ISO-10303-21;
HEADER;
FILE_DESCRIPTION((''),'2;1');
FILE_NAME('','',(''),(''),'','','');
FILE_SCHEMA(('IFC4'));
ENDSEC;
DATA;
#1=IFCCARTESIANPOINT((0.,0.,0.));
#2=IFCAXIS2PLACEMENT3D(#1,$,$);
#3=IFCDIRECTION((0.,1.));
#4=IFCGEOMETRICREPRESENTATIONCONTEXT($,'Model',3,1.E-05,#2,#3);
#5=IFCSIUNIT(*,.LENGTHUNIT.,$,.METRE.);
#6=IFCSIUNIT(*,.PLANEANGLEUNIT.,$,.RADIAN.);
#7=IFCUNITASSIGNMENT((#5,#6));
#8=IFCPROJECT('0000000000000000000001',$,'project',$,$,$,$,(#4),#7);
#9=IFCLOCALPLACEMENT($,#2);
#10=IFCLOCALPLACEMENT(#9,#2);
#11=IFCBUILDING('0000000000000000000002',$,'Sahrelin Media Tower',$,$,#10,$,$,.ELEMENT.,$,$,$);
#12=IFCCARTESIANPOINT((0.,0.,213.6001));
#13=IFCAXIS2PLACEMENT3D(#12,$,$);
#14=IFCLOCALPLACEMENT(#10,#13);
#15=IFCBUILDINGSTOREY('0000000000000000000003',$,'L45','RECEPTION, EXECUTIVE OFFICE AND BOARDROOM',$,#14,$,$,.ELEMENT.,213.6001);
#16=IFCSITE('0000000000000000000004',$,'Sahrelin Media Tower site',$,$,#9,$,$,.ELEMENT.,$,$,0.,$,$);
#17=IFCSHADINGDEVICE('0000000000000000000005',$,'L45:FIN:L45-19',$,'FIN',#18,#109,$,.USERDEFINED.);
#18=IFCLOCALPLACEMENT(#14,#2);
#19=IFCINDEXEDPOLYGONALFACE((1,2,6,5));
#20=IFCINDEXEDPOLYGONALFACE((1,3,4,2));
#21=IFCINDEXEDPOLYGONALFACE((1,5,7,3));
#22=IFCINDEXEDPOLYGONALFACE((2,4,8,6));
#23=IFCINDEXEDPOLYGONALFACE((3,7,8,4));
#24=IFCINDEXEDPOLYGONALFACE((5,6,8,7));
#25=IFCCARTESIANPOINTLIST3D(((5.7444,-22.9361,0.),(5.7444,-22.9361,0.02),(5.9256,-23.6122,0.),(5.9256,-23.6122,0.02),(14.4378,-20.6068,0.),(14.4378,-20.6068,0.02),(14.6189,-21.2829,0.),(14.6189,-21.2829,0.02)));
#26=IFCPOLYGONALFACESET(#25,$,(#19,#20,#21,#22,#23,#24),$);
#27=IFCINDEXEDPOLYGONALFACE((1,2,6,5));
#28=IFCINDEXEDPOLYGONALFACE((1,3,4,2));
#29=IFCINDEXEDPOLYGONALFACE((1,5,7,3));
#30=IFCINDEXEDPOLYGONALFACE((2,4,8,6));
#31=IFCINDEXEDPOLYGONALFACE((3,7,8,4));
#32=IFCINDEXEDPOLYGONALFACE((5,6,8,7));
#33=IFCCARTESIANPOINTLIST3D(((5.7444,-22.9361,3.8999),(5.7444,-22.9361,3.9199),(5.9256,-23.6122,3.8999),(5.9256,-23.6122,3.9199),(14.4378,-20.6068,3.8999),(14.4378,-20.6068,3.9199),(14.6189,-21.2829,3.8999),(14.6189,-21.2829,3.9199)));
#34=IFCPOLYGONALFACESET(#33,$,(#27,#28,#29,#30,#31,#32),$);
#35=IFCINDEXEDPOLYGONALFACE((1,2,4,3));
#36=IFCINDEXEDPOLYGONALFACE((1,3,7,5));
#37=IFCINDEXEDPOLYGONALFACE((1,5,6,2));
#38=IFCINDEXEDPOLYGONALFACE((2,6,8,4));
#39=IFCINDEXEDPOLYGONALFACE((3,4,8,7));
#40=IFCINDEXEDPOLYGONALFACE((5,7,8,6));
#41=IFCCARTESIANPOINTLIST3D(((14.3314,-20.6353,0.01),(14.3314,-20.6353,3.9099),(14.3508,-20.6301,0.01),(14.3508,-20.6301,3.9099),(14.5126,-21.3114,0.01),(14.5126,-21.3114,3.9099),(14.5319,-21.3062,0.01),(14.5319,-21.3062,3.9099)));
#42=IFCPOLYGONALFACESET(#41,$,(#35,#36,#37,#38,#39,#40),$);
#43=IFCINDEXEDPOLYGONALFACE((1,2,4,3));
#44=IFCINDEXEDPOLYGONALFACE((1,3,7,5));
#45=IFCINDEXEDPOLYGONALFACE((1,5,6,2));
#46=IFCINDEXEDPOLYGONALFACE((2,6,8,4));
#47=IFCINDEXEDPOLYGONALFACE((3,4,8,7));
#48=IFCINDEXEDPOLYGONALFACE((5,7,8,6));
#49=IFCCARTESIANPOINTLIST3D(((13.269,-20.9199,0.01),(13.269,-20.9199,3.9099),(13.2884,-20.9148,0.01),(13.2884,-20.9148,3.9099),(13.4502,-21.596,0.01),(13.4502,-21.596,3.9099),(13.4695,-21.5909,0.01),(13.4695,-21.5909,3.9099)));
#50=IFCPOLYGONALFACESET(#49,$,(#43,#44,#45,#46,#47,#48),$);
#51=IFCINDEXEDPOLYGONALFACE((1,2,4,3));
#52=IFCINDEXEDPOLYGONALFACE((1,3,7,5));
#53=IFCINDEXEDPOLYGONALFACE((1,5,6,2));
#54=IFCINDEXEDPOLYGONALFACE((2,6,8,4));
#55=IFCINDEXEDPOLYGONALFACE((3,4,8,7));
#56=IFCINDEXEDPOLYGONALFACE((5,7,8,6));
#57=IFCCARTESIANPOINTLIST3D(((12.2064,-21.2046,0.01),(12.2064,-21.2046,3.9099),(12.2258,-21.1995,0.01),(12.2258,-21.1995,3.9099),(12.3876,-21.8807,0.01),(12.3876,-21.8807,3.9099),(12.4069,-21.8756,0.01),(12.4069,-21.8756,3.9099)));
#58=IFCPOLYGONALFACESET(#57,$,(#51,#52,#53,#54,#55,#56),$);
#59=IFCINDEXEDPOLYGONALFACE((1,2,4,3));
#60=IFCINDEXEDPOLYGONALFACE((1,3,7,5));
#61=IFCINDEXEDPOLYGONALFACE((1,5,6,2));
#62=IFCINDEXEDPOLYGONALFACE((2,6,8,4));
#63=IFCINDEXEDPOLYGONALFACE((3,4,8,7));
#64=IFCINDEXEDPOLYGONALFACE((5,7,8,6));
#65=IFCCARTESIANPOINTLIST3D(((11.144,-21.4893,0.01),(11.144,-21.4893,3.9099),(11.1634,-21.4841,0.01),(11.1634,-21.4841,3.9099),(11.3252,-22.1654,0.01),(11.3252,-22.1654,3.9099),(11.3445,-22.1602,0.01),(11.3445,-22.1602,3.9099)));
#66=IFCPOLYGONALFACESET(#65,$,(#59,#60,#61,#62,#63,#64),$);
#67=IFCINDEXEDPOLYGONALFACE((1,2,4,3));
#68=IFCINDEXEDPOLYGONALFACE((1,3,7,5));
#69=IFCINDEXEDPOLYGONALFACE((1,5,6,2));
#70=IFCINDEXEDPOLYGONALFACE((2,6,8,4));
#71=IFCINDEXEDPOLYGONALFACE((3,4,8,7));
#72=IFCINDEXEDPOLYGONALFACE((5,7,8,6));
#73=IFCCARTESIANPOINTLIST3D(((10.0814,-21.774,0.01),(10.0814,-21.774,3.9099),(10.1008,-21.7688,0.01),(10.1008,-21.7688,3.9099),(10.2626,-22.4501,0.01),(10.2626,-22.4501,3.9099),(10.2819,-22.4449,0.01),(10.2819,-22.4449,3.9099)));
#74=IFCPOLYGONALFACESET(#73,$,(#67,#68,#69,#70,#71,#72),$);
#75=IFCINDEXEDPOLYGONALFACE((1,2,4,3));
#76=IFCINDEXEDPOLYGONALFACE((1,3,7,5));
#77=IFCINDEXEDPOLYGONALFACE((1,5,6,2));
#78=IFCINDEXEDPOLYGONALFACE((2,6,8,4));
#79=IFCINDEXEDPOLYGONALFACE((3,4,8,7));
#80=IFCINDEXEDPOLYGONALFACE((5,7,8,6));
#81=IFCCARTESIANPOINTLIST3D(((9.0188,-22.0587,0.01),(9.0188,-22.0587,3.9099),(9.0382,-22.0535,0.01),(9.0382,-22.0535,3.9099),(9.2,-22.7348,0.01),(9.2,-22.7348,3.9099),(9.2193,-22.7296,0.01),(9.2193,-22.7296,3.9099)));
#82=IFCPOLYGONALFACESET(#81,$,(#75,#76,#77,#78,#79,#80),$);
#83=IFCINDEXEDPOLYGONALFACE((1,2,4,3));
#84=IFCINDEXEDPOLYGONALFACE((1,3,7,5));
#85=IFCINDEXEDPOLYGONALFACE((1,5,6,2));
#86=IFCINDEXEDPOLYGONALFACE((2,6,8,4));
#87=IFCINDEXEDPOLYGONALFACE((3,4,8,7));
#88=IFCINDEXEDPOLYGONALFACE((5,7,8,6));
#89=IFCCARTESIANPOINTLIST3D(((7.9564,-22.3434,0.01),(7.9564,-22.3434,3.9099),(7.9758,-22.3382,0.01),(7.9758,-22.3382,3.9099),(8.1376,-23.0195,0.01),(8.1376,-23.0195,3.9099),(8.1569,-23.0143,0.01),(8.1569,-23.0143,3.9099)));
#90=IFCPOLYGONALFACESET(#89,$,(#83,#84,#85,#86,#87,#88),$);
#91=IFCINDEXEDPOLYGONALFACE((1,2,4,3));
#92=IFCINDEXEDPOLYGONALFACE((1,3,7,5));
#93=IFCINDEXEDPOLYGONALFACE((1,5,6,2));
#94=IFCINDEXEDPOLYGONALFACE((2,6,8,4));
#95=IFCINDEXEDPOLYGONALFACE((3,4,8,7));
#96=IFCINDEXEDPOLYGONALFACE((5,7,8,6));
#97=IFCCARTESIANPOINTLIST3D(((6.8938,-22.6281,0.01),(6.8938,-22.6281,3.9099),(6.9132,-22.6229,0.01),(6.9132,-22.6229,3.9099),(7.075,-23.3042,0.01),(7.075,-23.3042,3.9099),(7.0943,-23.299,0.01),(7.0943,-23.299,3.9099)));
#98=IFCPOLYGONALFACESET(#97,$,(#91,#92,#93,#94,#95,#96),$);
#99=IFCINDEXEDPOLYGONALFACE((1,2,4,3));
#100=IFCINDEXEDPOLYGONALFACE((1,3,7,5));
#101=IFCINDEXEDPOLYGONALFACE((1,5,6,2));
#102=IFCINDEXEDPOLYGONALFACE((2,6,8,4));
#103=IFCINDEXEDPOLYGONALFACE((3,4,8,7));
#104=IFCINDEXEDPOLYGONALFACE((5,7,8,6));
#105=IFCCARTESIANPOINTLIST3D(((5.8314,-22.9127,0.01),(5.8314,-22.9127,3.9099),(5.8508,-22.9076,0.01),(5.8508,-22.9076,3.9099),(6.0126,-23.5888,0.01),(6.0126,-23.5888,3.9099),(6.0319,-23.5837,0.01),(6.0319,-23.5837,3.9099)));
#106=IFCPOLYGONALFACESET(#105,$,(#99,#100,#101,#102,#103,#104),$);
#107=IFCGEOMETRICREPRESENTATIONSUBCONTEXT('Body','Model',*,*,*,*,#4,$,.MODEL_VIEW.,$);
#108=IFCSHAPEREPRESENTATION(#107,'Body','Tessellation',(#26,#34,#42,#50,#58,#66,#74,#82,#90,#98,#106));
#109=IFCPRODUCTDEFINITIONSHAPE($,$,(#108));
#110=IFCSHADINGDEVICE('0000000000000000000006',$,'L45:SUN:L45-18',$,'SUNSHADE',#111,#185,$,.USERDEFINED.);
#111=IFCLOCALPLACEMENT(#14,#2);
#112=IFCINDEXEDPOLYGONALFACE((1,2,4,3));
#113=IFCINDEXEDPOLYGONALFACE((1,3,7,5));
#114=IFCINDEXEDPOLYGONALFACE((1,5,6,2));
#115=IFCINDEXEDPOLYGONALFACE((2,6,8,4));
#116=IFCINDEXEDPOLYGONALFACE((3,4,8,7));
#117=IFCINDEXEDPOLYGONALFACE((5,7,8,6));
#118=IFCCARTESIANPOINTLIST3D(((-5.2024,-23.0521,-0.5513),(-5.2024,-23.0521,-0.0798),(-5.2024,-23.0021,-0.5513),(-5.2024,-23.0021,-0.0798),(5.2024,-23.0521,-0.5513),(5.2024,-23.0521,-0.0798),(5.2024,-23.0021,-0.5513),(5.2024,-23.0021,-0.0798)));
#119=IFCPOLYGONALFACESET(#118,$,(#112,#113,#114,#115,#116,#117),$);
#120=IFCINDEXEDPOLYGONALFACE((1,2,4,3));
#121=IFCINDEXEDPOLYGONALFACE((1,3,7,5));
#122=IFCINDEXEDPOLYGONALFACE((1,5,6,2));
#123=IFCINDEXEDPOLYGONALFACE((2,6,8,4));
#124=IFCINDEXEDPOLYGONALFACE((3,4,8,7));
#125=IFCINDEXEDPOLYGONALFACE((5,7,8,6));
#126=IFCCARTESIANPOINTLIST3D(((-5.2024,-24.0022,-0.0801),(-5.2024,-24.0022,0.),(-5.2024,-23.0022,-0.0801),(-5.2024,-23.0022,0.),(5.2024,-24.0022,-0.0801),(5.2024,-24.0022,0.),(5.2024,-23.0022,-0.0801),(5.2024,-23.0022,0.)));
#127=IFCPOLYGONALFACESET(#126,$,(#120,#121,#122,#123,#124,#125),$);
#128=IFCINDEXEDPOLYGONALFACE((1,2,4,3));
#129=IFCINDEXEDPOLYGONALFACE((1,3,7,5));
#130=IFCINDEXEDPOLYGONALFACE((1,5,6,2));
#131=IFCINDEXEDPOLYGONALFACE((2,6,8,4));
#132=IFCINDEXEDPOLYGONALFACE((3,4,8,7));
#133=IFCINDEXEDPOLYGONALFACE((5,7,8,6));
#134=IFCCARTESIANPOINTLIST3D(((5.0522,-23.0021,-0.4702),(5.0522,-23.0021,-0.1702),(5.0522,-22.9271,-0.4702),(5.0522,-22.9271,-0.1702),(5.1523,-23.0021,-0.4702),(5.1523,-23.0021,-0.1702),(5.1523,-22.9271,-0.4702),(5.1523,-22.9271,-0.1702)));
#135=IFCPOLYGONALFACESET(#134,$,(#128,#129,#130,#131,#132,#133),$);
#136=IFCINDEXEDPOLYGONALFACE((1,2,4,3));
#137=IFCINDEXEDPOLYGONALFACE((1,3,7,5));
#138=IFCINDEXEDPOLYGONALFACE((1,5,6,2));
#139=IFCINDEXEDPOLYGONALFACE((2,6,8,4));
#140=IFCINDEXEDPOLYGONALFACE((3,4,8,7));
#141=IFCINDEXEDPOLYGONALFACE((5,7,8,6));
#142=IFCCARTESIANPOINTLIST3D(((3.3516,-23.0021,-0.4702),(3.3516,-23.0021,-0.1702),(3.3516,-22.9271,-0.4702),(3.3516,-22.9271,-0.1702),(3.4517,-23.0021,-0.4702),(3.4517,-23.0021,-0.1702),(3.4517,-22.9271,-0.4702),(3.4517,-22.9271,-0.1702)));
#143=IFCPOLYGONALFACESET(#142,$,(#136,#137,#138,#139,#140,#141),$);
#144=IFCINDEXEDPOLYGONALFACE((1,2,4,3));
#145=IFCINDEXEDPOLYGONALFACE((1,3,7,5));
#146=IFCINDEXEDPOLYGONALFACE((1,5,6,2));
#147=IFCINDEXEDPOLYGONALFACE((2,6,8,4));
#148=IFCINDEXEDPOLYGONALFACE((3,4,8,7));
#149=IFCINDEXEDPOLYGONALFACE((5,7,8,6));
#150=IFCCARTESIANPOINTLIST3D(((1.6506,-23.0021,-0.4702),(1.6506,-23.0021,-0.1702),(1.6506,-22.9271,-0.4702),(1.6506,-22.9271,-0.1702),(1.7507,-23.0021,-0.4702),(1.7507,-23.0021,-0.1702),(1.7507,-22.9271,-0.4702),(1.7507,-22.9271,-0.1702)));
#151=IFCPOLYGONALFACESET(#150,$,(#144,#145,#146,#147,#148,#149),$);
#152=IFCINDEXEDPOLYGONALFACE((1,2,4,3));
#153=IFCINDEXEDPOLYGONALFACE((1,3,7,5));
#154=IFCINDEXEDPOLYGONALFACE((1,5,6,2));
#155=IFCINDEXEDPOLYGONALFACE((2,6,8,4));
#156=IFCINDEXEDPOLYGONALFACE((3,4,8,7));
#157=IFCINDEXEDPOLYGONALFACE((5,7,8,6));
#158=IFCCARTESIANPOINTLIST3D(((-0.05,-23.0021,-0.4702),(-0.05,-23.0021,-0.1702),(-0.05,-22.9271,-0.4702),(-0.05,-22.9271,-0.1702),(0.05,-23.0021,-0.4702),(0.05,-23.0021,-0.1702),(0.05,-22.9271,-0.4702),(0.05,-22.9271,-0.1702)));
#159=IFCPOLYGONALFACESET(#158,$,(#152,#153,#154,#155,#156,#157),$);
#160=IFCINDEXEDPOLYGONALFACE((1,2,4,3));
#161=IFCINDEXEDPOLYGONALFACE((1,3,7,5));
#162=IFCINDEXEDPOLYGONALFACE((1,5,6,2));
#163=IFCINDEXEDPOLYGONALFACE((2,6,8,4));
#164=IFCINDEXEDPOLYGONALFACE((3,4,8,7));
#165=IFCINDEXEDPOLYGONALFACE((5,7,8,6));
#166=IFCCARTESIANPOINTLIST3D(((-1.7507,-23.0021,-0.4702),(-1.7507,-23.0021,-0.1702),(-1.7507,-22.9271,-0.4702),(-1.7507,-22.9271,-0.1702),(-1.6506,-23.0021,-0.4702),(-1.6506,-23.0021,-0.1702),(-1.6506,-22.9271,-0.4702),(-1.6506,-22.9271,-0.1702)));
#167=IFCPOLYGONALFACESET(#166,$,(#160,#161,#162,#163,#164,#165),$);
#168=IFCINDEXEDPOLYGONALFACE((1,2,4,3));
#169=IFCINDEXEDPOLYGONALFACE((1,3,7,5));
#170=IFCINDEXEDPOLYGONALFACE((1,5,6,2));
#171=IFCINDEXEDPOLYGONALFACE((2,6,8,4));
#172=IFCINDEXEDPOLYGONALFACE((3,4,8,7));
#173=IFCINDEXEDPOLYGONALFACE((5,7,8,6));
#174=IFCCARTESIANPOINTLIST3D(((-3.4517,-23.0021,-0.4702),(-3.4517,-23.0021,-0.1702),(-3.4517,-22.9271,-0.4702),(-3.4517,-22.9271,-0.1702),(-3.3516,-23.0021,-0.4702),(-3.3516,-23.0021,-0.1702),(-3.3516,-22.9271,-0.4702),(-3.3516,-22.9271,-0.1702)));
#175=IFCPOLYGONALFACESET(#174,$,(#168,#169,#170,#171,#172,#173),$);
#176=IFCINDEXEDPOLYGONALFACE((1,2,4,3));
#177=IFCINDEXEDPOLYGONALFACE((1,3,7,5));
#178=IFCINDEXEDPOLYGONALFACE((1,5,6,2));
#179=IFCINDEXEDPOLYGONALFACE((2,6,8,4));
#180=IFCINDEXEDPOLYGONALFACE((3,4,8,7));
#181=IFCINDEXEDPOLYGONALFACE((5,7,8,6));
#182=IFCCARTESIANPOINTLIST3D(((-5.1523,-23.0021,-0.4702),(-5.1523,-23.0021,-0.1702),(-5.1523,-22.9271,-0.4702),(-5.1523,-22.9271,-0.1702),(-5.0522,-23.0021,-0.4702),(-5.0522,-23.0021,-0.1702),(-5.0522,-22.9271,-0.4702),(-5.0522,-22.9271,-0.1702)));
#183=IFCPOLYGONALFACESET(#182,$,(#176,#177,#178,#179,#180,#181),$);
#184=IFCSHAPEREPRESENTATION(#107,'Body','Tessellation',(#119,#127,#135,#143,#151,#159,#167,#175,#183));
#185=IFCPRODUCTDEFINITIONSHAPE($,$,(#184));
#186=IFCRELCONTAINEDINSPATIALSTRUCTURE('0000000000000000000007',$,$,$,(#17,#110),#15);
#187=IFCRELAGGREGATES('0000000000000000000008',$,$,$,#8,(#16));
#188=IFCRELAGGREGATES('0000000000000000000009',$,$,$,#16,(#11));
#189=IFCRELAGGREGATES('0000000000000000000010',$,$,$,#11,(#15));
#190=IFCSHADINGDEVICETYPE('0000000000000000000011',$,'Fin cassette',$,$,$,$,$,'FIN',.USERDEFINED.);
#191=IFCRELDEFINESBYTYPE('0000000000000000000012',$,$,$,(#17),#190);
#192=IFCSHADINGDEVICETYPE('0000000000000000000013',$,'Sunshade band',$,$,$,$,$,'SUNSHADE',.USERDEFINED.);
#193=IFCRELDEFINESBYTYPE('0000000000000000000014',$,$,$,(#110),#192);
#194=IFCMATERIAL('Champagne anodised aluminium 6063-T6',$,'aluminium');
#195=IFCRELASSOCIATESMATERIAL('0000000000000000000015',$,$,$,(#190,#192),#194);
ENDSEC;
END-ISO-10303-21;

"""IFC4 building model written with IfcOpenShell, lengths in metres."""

from ifc_helpers import new_model, si_unit, direction, frame, origin, origin_2d, place, context, subcontext, project, spatial, rectangle, extrude, material, type_object, element, save


model = new_model("IFC4")

# Units and contexts
model_context = context("Model", 3, precision=1e-05, world=origin(), true_north=direction((0.0, 1.0)))
body_context = subcontext(model_context, "Body", "Model", "MODEL_VIEW")
ifc_project = project(units=[si_unit("LENGTHUNIT", "METRE"), si_unit("PLANEANGLEUNIT", "RADIAN")], contexts=[model_context])

# Site, building, storey
site_placement = place(None, origin())
site = spatial("IfcSite", under=ifc_project, at=site_placement, Name="Sahrelin Media Tower site", CompositionType="ELEMENT", RefElevation=0.0)
building_placement = place(site_placement, origin())
building = spatial("IfcBuilding", under=site, at=building_placement, Name="Sahrelin Media Tower", CompositionType="ELEMENT")
storey_placement = place(building_placement, frame((0.0, 0.0, 213.6001)))
storey = spatial("IfcBuildingStorey", under=building, at=storey_placement, Name="L45", Description="RECEPTION, EXECUTIVE OFFICE AND BOARDROOM", CompositionType="ELEMENT", Elevation=213.6001)

# Shared definitions
ifc_material_1 = material(Name="Champagne anodised aluminium 6063-T6", Category="aluminium")

# Shading devices
shading_device_type_1 = type_object("IfcShadingDeviceType", Name="Fin cassette", ElementType="FIN", PredefinedType="USERDEFINED", material=ifc_material_1)
placement_1 = place(storey_placement, frame((0.0, -22.9822, 0.0), z_axis=(0.0, 0.0, 1.0), x_axis=(-1.0, 0.0, 0.0)))
placement_2 = place(storey_placement, frame((10.073, -21.7039, 0.0), z_axis=(0.0, 0.0, 1.0), x_axis=(-0.965929, -0.258808, 0.0)))
element("IfcShadingDevice", 1, at=placement_2, inside=storey, type_object=shading_device_type_1, Name="L45:FIN:L45-19", ObjectType="FIN", PredefinedType="USERDEFINED", context=body_context, shape_type="SweptSolid", body=[
    extrude(rectangle(XDim=9.0, YDim=0.7, at=origin_2d()), frame((0.0, 0.4199, 0.0)), (0.0, 0.0, 1.0), 0.02),
    extrude(rectangle(XDim=9.0, YDim=0.7, at=origin_2d()), frame((0.0, 0.4199, 3.8999)), (0.0, 0.0, 1.0), 0.02),
    extrude(rectangle(XDim=0.02, YDim=0.7, at=origin_2d()), frame((-4.3999, 0.4199, 0.01), z_axis=(0.0, 0.0, 1.0), x_axis=(1.0, 0.0, 0.0)), (0.0, 0.0, 1.0), 3.8999),
    extrude(rectangle(XDim=0.02, YDim=0.7, at=origin_2d()), frame((-3.3, 0.4199, 0.01), z_axis=(0.0, 0.0, 1.0), x_axis=(1.0, 0.0, 0.0)), (0.0, 0.0, 1.0), 3.8999),
    extrude(rectangle(XDim=0.02, YDim=0.7, at=origin_2d()), frame((-2.2, 0.4199, 0.01), z_axis=(0.0, 0.0, 1.0), x_axis=(1.0, 0.0, 0.0)), (0.0, 0.0, 1.0), 3.8999),
    extrude(rectangle(XDim=0.02, YDim=0.7, at=origin_2d()), frame((-1.1001, 0.4199, 0.01), z_axis=(0.0, 0.0, 1.0), x_axis=(1.0, 0.0, 0.0)), (0.0, 0.0, 1.0), 3.8999),
    extrude(rectangle(XDim=0.02, YDim=0.7, at=origin_2d()), frame((0.0, 0.4199, 0.01), z_axis=(0.0, 0.0, 1.0), x_axis=(1.0, 0.0, 0.0)), (0.0, 0.0, 1.0), 3.8999),
    extrude(rectangle(XDim=0.02, YDim=0.7, at=origin_2d()), frame((1.1001, 0.4199, 0.01), z_axis=(0.0, 0.0, 1.0), x_axis=(1.0, 0.0, 0.0)), (0.0, 0.0, 1.0), 3.8999),
    extrude(rectangle(XDim=0.02, YDim=0.7, at=origin_2d()), frame((2.2, 0.4199, 0.01), z_axis=(0.0, 0.0, 1.0), x_axis=(1.0, 0.0, 0.0)), (0.0, 0.0, 1.0), 3.8999),
    extrude(rectangle(XDim=0.02, YDim=0.7, at=origin_2d()), frame((3.3, 0.4199, 0.01), z_axis=(0.0, 0.0, 1.0), x_axis=(1.0, 0.0, 0.0)), (0.0, 0.0, 1.0), 3.8999),
    extrude(rectangle(XDim=0.02, YDim=0.7, at=origin_2d()), frame((4.3999, 0.4199, 0.01), z_axis=(0.0, 0.0, 1.0), x_axis=(1.0, 0.0, 0.0)), (0.0, 0.0, 1.0), 3.8999),
])
shading_device_type_2 = type_object("IfcShadingDeviceType", Name="Sunshade band", ElementType="SUNSHADE", PredefinedType="USERDEFINED", material=ifc_material_1)
element("IfcShadingDevice", 2, at=placement_1, inside=storey, type_object=shading_device_type_2, Name="L45:SUN:L45-18", ObjectType="SUNSHADE", PredefinedType="USERDEFINED", context=body_context, shape_type="SweptSolid", body=[
    extrude(rectangle(XDim=10.4048, YDim=0.05, at=origin_2d()), frame((0.0, 0.0449, -0.5513)), (0.0, 0.0, 1.0), 0.4714),
    extrude(rectangle(XDim=10.4048, YDim=1.0, at=origin_2d()), frame((0.0, 0.52, -0.0801)), (0.0, 0.0, 1.0), 0.0801),
    extrude(rectangle(XDim=0.1001, YDim=0.075, at=origin_2d()), frame((-5.1023, -0.0176, -0.4702)), (0.0, 0.0, 1.0), 0.3),
    extrude(rectangle(XDim=0.1001, YDim=0.075, at=origin_2d()), frame((-3.4016, -0.0176, -0.4702)), (0.0, 0.0, 1.0), 0.3),
    extrude(rectangle(XDim=0.1001, YDim=0.075, at=origin_2d()), frame((-1.7007, -0.0176, -0.4702)), (0.0, 0.0, 1.0), 0.3),
    extrude(rectangle(XDim=0.1001, YDim=0.075, at=origin_2d()), frame((0.0, -0.0176, -0.4702)), (0.0, 0.0, 1.0), 0.3),
    extrude(rectangle(XDim=0.1001, YDim=0.075, at=origin_2d()), frame((1.7007, -0.0176, -0.4702)), (0.0, 0.0, 1.0), 0.3),
    extrude(rectangle(XDim=0.1001, YDim=0.075, at=origin_2d()), frame((3.4016, -0.0176, -0.4702)), (0.0, 0.0, 1.0), 0.3),
    extrude(rectangle(XDim=0.1001, YDim=0.075, at=origin_2d()), frame((5.1023, -0.0176, -0.4702)), (0.0, 0.0, 1.0), 0.3),
])

save(model, "model.ifc")
